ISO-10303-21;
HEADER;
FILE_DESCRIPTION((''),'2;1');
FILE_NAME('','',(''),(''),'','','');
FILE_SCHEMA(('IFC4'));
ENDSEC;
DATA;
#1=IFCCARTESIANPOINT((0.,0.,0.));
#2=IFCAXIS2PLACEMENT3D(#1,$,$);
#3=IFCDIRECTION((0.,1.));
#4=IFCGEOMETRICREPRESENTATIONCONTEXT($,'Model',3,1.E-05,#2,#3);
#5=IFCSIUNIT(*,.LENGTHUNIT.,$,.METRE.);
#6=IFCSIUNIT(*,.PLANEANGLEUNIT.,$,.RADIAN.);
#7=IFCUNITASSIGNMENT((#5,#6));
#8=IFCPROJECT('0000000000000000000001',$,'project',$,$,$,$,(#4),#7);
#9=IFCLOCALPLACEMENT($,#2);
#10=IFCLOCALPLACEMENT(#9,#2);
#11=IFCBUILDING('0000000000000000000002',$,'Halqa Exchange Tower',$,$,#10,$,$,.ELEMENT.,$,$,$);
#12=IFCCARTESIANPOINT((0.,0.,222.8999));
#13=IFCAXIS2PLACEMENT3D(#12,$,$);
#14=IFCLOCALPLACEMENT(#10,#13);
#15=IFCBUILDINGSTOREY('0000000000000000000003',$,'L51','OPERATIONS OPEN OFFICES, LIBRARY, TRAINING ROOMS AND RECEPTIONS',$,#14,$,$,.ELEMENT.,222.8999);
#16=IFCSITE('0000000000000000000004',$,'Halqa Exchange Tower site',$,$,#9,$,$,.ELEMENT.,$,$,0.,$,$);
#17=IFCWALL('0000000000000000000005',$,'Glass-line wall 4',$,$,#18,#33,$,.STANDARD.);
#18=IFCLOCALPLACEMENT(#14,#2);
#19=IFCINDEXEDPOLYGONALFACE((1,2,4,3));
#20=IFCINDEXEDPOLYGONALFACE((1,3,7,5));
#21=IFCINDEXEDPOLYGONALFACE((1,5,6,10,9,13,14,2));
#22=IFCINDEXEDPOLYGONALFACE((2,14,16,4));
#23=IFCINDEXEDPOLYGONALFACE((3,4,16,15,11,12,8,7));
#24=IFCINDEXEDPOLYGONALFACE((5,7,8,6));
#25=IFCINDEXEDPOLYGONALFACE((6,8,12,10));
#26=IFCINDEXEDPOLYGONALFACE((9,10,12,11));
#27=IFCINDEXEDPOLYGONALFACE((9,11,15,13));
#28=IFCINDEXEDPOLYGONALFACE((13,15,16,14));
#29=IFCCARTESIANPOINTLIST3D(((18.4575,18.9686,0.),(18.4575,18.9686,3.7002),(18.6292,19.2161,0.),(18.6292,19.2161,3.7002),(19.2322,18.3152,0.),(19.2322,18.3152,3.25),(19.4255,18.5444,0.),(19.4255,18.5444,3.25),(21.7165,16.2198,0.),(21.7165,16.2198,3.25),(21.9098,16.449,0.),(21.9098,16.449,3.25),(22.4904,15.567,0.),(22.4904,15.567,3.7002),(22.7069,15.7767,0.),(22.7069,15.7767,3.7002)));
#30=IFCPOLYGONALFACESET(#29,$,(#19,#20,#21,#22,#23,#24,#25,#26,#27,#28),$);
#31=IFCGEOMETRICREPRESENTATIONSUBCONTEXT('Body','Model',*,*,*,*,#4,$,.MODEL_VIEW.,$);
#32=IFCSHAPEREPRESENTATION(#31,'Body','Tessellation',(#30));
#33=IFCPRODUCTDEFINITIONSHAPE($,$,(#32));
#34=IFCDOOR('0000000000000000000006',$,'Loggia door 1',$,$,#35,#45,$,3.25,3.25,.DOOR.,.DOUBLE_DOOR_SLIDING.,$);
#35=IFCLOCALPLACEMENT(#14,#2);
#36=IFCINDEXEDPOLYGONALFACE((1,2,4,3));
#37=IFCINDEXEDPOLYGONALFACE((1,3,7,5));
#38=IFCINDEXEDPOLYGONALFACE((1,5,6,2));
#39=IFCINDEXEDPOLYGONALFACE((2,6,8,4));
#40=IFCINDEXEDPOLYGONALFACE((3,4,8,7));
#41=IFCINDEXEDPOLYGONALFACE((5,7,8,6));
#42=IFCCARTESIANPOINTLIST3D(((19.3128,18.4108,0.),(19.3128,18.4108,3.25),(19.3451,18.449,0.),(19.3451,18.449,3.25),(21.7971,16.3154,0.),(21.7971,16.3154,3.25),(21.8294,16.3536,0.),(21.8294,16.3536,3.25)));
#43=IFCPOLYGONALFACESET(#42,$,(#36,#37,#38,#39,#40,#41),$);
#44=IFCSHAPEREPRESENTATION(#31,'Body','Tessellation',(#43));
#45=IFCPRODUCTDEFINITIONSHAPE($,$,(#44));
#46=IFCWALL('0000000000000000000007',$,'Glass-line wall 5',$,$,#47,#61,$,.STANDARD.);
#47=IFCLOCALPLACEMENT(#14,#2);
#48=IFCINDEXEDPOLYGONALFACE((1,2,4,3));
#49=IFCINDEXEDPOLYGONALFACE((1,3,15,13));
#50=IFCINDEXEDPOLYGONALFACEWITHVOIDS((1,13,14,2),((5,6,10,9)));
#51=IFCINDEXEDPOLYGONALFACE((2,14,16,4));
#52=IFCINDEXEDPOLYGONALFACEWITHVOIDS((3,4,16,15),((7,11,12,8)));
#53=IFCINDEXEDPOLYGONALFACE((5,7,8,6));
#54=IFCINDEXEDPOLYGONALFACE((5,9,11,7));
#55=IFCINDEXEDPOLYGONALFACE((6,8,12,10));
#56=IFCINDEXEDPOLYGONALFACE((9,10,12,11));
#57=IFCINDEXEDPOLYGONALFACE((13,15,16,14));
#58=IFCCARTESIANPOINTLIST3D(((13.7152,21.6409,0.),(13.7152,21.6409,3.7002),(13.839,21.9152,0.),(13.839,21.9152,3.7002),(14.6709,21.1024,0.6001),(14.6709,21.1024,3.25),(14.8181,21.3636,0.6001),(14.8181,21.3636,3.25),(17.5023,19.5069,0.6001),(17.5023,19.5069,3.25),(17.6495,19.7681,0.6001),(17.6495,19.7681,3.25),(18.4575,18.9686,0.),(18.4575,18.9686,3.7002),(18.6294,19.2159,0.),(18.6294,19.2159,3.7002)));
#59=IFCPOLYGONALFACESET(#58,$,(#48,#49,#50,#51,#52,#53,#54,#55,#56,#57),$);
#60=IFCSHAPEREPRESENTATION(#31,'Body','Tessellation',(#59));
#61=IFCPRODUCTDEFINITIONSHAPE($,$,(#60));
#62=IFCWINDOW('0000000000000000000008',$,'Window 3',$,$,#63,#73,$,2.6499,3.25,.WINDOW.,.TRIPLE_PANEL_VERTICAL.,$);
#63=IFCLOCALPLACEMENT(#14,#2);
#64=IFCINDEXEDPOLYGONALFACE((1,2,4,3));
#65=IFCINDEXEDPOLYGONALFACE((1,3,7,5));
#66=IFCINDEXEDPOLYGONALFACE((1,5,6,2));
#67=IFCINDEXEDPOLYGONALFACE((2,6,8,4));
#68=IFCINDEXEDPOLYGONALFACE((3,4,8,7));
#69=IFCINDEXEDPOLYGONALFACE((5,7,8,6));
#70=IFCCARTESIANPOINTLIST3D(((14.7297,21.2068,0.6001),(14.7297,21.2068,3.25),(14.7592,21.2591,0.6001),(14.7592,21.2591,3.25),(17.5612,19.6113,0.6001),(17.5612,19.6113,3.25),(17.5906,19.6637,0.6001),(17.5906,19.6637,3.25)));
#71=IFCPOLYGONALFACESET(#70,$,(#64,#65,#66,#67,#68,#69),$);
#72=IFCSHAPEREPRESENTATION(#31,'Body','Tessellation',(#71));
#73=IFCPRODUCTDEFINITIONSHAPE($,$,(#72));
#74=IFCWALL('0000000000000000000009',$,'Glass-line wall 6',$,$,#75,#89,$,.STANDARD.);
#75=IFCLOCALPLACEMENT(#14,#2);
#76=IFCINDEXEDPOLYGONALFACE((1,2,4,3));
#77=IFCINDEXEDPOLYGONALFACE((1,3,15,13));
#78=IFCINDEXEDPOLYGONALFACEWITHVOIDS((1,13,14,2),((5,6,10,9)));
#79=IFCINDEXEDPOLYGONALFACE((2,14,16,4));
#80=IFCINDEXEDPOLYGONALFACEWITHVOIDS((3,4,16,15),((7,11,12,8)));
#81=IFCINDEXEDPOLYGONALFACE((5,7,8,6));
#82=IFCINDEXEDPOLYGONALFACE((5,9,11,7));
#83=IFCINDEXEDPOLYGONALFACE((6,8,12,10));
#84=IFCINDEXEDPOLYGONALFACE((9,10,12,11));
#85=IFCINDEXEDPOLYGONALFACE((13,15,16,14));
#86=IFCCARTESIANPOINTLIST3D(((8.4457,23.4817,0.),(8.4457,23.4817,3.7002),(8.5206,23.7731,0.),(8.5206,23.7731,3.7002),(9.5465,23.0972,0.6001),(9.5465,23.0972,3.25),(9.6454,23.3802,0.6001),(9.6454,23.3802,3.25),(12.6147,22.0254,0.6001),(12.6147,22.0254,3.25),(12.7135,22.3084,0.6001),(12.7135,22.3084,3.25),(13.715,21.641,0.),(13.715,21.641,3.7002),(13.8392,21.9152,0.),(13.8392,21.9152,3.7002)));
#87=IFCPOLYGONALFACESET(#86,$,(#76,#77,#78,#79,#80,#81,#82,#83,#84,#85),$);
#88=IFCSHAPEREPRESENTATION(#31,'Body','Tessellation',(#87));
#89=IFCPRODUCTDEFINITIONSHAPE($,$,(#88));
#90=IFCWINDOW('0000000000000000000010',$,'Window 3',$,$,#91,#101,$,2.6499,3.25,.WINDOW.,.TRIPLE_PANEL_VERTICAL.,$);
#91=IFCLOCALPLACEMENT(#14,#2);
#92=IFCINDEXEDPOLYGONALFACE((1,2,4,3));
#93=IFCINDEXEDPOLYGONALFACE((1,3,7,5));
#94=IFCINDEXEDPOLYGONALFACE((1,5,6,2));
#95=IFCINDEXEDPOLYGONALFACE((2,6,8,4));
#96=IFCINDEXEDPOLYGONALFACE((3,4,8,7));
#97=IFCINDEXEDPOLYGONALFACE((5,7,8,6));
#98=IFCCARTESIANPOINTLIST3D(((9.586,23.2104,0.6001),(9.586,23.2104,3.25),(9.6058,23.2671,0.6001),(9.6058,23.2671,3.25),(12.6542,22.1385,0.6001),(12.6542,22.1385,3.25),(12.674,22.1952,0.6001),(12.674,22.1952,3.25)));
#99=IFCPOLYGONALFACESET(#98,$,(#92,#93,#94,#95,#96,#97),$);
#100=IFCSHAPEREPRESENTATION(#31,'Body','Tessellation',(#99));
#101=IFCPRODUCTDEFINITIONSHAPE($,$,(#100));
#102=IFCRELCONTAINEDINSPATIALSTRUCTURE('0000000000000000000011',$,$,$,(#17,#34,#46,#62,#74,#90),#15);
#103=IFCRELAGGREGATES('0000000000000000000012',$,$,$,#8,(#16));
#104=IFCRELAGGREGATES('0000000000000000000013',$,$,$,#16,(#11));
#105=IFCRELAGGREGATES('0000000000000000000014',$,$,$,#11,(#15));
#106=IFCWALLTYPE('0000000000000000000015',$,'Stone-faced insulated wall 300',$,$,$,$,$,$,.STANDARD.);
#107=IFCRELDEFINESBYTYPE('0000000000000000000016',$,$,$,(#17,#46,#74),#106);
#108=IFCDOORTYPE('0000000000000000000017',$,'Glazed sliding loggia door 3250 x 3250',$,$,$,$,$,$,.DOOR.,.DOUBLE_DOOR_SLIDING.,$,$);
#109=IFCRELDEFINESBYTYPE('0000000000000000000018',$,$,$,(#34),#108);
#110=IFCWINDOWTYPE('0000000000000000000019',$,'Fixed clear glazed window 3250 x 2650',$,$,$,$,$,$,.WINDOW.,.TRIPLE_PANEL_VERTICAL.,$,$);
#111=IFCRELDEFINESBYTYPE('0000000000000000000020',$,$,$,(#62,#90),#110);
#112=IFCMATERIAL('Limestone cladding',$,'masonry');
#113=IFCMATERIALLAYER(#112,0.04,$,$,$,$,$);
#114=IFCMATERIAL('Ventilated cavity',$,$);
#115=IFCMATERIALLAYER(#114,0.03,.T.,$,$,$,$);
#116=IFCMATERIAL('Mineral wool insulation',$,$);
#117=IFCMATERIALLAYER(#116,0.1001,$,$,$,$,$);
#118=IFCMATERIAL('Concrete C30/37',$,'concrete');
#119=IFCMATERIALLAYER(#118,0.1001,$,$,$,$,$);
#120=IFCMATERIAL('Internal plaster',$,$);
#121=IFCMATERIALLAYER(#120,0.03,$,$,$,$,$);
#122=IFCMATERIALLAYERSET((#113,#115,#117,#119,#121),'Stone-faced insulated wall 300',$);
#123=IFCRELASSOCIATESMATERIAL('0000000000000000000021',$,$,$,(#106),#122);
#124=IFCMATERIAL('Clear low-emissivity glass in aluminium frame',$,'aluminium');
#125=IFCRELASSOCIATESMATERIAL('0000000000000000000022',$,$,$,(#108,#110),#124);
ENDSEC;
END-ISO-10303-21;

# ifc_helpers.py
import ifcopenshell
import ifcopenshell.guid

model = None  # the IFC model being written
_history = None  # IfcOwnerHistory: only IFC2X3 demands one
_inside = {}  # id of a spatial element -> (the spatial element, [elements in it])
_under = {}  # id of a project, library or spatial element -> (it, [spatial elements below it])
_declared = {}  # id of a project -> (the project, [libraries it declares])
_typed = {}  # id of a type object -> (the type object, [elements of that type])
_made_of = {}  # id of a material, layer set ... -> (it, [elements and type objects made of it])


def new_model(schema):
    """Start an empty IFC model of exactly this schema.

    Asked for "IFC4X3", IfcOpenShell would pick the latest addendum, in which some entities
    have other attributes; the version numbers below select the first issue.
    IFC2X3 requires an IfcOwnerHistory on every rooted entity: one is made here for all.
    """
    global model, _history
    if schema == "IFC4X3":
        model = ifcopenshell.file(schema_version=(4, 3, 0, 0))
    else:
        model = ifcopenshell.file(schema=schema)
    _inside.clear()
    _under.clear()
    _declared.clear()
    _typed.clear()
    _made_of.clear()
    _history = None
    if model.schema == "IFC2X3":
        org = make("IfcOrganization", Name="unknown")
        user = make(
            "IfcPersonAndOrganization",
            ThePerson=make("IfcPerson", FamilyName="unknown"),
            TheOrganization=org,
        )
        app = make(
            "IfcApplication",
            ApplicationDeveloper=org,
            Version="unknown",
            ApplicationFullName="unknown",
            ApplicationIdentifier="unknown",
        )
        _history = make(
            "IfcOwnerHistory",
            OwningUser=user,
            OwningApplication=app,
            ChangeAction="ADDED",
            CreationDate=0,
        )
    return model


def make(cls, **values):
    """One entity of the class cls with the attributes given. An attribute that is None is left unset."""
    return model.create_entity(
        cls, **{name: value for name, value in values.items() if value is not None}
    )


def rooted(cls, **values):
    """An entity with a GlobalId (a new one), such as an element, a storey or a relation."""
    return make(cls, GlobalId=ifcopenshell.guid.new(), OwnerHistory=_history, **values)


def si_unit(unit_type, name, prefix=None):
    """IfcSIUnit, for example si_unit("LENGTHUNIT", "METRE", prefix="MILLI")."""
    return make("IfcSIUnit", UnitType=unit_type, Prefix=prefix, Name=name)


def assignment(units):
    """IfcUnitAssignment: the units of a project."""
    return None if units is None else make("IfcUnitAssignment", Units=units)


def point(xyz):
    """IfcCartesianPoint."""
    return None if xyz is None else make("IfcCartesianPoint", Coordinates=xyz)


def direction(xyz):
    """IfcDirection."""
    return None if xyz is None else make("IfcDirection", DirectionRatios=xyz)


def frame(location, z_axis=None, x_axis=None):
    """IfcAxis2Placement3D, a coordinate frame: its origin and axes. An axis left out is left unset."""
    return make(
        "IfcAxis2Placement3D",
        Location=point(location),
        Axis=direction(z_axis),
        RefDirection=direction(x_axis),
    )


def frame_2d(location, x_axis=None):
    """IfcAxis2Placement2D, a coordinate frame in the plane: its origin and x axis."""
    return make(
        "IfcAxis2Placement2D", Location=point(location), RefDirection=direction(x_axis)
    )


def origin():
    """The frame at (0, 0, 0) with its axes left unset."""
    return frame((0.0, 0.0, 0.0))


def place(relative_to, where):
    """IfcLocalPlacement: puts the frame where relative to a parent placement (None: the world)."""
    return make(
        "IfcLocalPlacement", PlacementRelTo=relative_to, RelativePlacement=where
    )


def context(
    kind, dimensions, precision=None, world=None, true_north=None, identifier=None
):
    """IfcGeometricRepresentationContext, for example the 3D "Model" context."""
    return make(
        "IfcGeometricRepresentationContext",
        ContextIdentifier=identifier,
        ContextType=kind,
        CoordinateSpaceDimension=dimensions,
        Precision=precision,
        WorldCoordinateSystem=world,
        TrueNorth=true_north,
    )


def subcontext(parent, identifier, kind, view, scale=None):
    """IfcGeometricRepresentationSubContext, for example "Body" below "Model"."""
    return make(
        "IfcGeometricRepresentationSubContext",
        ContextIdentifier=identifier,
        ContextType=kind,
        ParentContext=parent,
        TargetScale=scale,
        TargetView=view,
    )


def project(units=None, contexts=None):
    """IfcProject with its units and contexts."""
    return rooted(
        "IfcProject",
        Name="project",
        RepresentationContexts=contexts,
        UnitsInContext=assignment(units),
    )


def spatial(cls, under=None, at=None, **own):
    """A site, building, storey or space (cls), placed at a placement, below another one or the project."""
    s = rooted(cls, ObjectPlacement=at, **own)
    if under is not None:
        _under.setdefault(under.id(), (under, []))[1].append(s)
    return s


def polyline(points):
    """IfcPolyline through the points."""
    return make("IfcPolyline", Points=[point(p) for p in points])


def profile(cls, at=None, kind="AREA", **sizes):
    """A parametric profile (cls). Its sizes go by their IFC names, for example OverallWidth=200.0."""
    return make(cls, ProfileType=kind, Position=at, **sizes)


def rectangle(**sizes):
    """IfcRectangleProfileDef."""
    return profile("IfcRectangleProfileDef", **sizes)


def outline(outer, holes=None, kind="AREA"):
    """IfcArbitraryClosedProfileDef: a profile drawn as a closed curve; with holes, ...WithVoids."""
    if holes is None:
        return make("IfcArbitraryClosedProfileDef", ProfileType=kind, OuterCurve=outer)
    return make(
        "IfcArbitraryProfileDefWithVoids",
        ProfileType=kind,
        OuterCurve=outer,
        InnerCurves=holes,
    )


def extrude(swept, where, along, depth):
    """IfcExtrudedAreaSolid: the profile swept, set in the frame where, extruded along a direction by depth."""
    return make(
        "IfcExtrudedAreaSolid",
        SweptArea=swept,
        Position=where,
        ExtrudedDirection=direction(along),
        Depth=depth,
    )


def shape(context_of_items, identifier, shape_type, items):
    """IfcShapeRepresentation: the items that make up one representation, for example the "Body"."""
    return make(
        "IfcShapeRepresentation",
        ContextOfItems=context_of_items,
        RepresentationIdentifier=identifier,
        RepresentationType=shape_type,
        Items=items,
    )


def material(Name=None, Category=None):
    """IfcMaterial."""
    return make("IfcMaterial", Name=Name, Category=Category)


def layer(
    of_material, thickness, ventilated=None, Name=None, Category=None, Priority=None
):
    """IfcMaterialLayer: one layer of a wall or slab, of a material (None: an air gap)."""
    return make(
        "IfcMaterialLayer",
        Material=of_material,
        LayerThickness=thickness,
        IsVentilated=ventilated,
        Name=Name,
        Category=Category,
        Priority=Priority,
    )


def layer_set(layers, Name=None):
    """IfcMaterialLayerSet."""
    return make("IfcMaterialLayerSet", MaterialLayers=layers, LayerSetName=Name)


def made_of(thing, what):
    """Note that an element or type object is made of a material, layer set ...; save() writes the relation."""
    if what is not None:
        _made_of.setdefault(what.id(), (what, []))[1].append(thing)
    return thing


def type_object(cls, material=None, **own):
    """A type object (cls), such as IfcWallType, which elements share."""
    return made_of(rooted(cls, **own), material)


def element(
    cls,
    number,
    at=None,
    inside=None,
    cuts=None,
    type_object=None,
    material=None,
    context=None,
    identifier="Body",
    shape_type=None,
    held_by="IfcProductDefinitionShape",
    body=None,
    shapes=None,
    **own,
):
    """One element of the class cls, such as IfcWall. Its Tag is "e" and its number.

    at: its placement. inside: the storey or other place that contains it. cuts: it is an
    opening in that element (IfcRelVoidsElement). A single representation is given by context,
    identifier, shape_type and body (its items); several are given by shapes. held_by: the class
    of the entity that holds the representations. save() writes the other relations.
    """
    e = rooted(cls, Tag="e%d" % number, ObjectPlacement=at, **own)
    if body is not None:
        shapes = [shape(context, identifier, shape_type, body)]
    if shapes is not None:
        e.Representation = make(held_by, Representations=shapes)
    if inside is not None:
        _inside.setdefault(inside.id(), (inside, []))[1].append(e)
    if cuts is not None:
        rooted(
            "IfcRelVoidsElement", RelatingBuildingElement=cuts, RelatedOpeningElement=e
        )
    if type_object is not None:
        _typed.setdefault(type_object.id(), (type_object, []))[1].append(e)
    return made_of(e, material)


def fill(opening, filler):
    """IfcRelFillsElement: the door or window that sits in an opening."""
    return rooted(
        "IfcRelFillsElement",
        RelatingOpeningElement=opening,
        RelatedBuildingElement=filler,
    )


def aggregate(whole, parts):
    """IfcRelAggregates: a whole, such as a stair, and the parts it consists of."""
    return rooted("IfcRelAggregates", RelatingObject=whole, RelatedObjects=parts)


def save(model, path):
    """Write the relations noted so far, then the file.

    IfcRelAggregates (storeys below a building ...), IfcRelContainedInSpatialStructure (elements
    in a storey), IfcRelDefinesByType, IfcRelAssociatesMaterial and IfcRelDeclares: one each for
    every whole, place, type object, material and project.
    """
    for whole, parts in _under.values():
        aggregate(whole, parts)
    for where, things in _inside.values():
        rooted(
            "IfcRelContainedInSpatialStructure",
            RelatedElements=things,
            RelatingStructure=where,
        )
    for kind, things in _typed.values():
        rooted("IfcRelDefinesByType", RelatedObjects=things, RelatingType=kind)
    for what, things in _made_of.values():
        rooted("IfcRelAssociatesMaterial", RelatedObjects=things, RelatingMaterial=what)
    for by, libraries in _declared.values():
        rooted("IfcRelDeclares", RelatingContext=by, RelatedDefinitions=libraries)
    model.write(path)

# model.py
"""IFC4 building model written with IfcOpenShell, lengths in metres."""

from ifc_helpers import new_model, si_unit, direction, frame, frame_2d, origin, place, context, subcontext, project, spatial, polyline, rectangle, outline, extrude, material, layer, layer_set, type_object, element, fill, save


model = new_model("IFC4")

# Units and contexts
model_context = context("Model", 3, precision=1e-05, world=origin(), true_north=direction((0.0, 1.0)))
body_context = subcontext(model_context, "Body", "Model", "MODEL_VIEW")
ifc_project = project(units=[si_unit("LENGTHUNIT", "METRE"), si_unit("PLANEANGLEUNIT", "RADIAN")], contexts=[model_context])

# Site, building, storey
site_placement = place(None, origin())
site = spatial("IfcSite", under=ifc_project, at=site_placement, Name="Halqa Exchange Tower site", CompositionType="ELEMENT", RefElevation=0.0)
building_placement = place(site_placement, origin())
building = spatial("IfcBuilding", under=site, at=building_placement, Name="Halqa Exchange Tower", CompositionType="ELEMENT")
storey_placement = place(building_placement, frame((0.0, 0.0, 222.8999)))
storey = spatial("IfcBuildingStorey", under=building, at=storey_placement, Name="L51", Description="OPERATIONS OPEN OFFICES, LIBRARY, TRAINING ROOMS AND RECEPTIONS", CompositionType="ELEMENT", Elevation=222.8999)

# Wall, opening, door
ifc_material_1 = material(Name="Limestone cladding", Category="masonry")
ifc_layer_1 = layer(ifc_material_1, 0.04)
ifc_material_2 = material(Name="Ventilated cavity")
ifc_layer_2 = layer(ifc_material_2, 0.03, ventilated=True)
ifc_material_3 = material(Name="Mineral wool insulation")
ifc_layer_3 = layer(ifc_material_3, 0.1001)
ifc_material_4 = material(Name="Concrete C30/37", Category="concrete")
ifc_layer_4 = layer(ifc_material_4, 0.1001)
ifc_material_5 = material(Name="Internal plaster")
ifc_layer_5 = layer(ifc_material_5, 0.03)
ifc_layer_set_1 = layer_set([ifc_layer_1, ifc_layer_2, ifc_layer_3, ifc_layer_4, ifc_layer_5], Name="Stone-faced insulated wall 300")
wall_type_1 = type_object("IfcWallType", Name="Stone-faced insulated wall 300", PredefinedType="STANDARD", material=ifc_layer_set_1)
wall_1_placement = place(storey_placement, frame((22.5986, 15.6719, 0.0), z_axis=(0.0, 0.0, 1.0), x_axis=(-0.764398, 0.644745, 0.0)))
wall_1 = element("IfcWall", 1, at=wall_1_placement, inside=storey, type_object=wall_type_1, Name="Glass-line wall 4", PredefinedType="STANDARD", context=body_context, shape_type="SweptSolid", body=[
    extrude(outline(polyline([(-0.0151, -0.1499), (5.3193, -0.1499), (5.291, 0.1499), (0.0151, 0.1499), (-0.0151, -0.1499)])), origin(), (0.0, 0.0, 1.0), 3.7002),
])
opening_1_placement = place(wall_1_placement, frame((1.0276, 0.0, 0.0)))
opening_1 = element("IfcOpeningElement", 2, at=opening_1_placement, cuts=wall_1, PredefinedType="OPENING", context=body_context, shape_type="SweptSolid", body=[
    extrude(rectangle(XDim=3.25, YDim=3.25, at=frame_2d((1.625, 1.625))), frame((0.0, 0.1621, 0.0), z_axis=(0.0, -1.0, 0.0), x_axis=(1.0, 0.0, 0.0)), (0.0, 0.0, 1.0), 0.324),
])
ifc_material_6 = material(Name="Clear low-emissivity glass in aluminium frame", Category="aluminium")
door_type_1 = type_object("IfcDoorType", Name="Glazed sliding loggia door 3250 x 3250", OperationType="DOUBLE_DOOR_SLIDING", PredefinedType="DOOR", material=ifc_material_6)
door_1_placement = place(opening_1_placement, origin())
door_1 = element("IfcDoor", 3, at=door_1_placement, inside=storey, type_object=door_type_1, Name="Loggia door 1", OperationType="DOUBLE_DOOR_SLIDING", OverallHeight=3.25, OverallWidth=3.25, PredefinedType="DOOR", context=body_context, shape_type="SweptSolid", body=[
    extrude(rectangle(XDim=3.25, YDim=3.25, at=frame_2d((1.625, 1.625))), frame((0.0, 0.0249, 0.0), z_axis=(0.0, -1.0, 0.0), x_axis=(1.0, 0.0, 0.0)), (0.0, 0.0, 1.0), 0.05),
])
fill(opening_1, door_1)

# Walls, openings, windows
wall_2_placement = place(storey_placement, frame((18.5435, 19.0923, 0.0), z_axis=(0.0, 0.0, 1.0), x_axis=(-0.871207, 0.490916, 0.0)))
wall_2 = element("IfcWall", 4, at=wall_2_placement, inside=storey, type_object=wall_type_1, Name="Glass-line wall 5", PredefinedType="STANDARD", context=body_context, shape_type="SweptSolid", body=[
    extrude(outline(polyline([(-0.0142, -0.1499), (5.4844, -0.1499), (5.4575, 0.1499), (0.0142, 0.1499), (-0.0142, -0.1499)])), origin(), (0.0, 0.0, 1.0), 3.7002),
])
opening_2_placement = place(wall_2_placement, frame((1.1106, 0.0, 0.6001)))
opening_2 = element("IfcOpeningElement", 5, at=opening_2_placement, cuts=wall_2, PredefinedType="OPENING", context=body_context, shape_type="SweptSolid", body=[
    extrude(rectangle(XDim=3.25, YDim=2.6499, at=frame_2d((1.625, 1.325))), frame((0.0, 0.1621, 0.0), z_axis=(0.0, -1.0, 0.0), x_axis=(1.0, 0.0, 0.0)), (0.0, 0.0, 1.0), 0.324),
])
window_type = type_object("IfcWindowType", Name="Fixed clear glazed window 3250 x 2650", PartitioningType="TRIPLE_PANEL_VERTICAL", PredefinedType="WINDOW", material=ifc_material_6)
window_1_placement = place(opening_2_placement, origin())
window_1 = element("IfcWindow", 6, at=window_1_placement, inside=storey, type_object=window_type, Name="Window 3", OverallHeight=2.6499, OverallWidth=3.25, PartitioningType="TRIPLE_PANEL_VERTICAL", PredefinedType="WINDOW", context=body_context, shape_type="SweptSolid", body=[
    extrude(rectangle(XDim=3.25, YDim=2.6499, at=frame_2d((1.625, 1.325))), frame((0.0, 0.03, 0.0), z_axis=(0.0, -1.0, 0.0), x_axis=(1.0, 0.0, 0.0)), (0.0, 0.0, 1.0), 0.0601),
])
fill(opening_2, window_1)
wall_3_placement = place(storey_placement, frame((13.7771, 21.7781, 0.0), z_axis=(0.0, 0.0, 1.0), x_axis=(-0.944054, 0.329792, 0.0)))
wall_3 = element("IfcWall", 7, at=wall_3_placement, inside=storey, type_object=wall_type_1, Name="Glass-line wall 6", PredefinedType="STANDARD", context=body_context, shape_type="SweptSolid", body=[
    extrude(outline(polyline([(-0.0134, -0.1499), (5.6204, -0.1499), (5.595, 0.1499), (0.0134, 0.1499), (-0.0134, -0.1499)])), origin(), (0.0, 0.0, 1.0), 3.7002),
])
opening_3_placement = place(wall_3_placement, frame((1.179, 0.0, 0.6001)))
opening_3 = element("IfcOpeningElement", 8, at=opening_3_placement, cuts=wall_3, PredefinedType="OPENING", context=body_context, shape_type="SweptSolid", body=[
    extrude(rectangle(XDim=3.25, YDim=2.6499, at=frame_2d((1.625, 1.325))), frame((0.0, 0.1621, 0.0), z_axis=(0.0, -1.0, 0.0), x_axis=(1.0, 0.0, 0.0)), (0.0, 0.0, 1.0), 0.324),
])
window_2_placement = place(opening_3_placement, origin())
window_2 = element("IfcWindow", 9, at=window_2_placement, inside=storey, type_object=window_type, Name="Window 3", OverallHeight=2.6499, OverallWidth=3.25, PartitioningType="TRIPLE_PANEL_VERTICAL", PredefinedType="WINDOW", context=body_context, shape_type="SweptSolid", body=[
    extrude(rectangle(XDim=3.25, YDim=2.6499, at=frame_2d((1.625, 1.325))), frame((0.0, 0.03, 0.0), z_axis=(0.0, -1.0, 0.0), x_axis=(1.0, 0.0, 0.0)), (0.0, 0.0, 1.0), 0.0601),
])
fill(opening_3, window_2)

save(model, "model.ifc")
